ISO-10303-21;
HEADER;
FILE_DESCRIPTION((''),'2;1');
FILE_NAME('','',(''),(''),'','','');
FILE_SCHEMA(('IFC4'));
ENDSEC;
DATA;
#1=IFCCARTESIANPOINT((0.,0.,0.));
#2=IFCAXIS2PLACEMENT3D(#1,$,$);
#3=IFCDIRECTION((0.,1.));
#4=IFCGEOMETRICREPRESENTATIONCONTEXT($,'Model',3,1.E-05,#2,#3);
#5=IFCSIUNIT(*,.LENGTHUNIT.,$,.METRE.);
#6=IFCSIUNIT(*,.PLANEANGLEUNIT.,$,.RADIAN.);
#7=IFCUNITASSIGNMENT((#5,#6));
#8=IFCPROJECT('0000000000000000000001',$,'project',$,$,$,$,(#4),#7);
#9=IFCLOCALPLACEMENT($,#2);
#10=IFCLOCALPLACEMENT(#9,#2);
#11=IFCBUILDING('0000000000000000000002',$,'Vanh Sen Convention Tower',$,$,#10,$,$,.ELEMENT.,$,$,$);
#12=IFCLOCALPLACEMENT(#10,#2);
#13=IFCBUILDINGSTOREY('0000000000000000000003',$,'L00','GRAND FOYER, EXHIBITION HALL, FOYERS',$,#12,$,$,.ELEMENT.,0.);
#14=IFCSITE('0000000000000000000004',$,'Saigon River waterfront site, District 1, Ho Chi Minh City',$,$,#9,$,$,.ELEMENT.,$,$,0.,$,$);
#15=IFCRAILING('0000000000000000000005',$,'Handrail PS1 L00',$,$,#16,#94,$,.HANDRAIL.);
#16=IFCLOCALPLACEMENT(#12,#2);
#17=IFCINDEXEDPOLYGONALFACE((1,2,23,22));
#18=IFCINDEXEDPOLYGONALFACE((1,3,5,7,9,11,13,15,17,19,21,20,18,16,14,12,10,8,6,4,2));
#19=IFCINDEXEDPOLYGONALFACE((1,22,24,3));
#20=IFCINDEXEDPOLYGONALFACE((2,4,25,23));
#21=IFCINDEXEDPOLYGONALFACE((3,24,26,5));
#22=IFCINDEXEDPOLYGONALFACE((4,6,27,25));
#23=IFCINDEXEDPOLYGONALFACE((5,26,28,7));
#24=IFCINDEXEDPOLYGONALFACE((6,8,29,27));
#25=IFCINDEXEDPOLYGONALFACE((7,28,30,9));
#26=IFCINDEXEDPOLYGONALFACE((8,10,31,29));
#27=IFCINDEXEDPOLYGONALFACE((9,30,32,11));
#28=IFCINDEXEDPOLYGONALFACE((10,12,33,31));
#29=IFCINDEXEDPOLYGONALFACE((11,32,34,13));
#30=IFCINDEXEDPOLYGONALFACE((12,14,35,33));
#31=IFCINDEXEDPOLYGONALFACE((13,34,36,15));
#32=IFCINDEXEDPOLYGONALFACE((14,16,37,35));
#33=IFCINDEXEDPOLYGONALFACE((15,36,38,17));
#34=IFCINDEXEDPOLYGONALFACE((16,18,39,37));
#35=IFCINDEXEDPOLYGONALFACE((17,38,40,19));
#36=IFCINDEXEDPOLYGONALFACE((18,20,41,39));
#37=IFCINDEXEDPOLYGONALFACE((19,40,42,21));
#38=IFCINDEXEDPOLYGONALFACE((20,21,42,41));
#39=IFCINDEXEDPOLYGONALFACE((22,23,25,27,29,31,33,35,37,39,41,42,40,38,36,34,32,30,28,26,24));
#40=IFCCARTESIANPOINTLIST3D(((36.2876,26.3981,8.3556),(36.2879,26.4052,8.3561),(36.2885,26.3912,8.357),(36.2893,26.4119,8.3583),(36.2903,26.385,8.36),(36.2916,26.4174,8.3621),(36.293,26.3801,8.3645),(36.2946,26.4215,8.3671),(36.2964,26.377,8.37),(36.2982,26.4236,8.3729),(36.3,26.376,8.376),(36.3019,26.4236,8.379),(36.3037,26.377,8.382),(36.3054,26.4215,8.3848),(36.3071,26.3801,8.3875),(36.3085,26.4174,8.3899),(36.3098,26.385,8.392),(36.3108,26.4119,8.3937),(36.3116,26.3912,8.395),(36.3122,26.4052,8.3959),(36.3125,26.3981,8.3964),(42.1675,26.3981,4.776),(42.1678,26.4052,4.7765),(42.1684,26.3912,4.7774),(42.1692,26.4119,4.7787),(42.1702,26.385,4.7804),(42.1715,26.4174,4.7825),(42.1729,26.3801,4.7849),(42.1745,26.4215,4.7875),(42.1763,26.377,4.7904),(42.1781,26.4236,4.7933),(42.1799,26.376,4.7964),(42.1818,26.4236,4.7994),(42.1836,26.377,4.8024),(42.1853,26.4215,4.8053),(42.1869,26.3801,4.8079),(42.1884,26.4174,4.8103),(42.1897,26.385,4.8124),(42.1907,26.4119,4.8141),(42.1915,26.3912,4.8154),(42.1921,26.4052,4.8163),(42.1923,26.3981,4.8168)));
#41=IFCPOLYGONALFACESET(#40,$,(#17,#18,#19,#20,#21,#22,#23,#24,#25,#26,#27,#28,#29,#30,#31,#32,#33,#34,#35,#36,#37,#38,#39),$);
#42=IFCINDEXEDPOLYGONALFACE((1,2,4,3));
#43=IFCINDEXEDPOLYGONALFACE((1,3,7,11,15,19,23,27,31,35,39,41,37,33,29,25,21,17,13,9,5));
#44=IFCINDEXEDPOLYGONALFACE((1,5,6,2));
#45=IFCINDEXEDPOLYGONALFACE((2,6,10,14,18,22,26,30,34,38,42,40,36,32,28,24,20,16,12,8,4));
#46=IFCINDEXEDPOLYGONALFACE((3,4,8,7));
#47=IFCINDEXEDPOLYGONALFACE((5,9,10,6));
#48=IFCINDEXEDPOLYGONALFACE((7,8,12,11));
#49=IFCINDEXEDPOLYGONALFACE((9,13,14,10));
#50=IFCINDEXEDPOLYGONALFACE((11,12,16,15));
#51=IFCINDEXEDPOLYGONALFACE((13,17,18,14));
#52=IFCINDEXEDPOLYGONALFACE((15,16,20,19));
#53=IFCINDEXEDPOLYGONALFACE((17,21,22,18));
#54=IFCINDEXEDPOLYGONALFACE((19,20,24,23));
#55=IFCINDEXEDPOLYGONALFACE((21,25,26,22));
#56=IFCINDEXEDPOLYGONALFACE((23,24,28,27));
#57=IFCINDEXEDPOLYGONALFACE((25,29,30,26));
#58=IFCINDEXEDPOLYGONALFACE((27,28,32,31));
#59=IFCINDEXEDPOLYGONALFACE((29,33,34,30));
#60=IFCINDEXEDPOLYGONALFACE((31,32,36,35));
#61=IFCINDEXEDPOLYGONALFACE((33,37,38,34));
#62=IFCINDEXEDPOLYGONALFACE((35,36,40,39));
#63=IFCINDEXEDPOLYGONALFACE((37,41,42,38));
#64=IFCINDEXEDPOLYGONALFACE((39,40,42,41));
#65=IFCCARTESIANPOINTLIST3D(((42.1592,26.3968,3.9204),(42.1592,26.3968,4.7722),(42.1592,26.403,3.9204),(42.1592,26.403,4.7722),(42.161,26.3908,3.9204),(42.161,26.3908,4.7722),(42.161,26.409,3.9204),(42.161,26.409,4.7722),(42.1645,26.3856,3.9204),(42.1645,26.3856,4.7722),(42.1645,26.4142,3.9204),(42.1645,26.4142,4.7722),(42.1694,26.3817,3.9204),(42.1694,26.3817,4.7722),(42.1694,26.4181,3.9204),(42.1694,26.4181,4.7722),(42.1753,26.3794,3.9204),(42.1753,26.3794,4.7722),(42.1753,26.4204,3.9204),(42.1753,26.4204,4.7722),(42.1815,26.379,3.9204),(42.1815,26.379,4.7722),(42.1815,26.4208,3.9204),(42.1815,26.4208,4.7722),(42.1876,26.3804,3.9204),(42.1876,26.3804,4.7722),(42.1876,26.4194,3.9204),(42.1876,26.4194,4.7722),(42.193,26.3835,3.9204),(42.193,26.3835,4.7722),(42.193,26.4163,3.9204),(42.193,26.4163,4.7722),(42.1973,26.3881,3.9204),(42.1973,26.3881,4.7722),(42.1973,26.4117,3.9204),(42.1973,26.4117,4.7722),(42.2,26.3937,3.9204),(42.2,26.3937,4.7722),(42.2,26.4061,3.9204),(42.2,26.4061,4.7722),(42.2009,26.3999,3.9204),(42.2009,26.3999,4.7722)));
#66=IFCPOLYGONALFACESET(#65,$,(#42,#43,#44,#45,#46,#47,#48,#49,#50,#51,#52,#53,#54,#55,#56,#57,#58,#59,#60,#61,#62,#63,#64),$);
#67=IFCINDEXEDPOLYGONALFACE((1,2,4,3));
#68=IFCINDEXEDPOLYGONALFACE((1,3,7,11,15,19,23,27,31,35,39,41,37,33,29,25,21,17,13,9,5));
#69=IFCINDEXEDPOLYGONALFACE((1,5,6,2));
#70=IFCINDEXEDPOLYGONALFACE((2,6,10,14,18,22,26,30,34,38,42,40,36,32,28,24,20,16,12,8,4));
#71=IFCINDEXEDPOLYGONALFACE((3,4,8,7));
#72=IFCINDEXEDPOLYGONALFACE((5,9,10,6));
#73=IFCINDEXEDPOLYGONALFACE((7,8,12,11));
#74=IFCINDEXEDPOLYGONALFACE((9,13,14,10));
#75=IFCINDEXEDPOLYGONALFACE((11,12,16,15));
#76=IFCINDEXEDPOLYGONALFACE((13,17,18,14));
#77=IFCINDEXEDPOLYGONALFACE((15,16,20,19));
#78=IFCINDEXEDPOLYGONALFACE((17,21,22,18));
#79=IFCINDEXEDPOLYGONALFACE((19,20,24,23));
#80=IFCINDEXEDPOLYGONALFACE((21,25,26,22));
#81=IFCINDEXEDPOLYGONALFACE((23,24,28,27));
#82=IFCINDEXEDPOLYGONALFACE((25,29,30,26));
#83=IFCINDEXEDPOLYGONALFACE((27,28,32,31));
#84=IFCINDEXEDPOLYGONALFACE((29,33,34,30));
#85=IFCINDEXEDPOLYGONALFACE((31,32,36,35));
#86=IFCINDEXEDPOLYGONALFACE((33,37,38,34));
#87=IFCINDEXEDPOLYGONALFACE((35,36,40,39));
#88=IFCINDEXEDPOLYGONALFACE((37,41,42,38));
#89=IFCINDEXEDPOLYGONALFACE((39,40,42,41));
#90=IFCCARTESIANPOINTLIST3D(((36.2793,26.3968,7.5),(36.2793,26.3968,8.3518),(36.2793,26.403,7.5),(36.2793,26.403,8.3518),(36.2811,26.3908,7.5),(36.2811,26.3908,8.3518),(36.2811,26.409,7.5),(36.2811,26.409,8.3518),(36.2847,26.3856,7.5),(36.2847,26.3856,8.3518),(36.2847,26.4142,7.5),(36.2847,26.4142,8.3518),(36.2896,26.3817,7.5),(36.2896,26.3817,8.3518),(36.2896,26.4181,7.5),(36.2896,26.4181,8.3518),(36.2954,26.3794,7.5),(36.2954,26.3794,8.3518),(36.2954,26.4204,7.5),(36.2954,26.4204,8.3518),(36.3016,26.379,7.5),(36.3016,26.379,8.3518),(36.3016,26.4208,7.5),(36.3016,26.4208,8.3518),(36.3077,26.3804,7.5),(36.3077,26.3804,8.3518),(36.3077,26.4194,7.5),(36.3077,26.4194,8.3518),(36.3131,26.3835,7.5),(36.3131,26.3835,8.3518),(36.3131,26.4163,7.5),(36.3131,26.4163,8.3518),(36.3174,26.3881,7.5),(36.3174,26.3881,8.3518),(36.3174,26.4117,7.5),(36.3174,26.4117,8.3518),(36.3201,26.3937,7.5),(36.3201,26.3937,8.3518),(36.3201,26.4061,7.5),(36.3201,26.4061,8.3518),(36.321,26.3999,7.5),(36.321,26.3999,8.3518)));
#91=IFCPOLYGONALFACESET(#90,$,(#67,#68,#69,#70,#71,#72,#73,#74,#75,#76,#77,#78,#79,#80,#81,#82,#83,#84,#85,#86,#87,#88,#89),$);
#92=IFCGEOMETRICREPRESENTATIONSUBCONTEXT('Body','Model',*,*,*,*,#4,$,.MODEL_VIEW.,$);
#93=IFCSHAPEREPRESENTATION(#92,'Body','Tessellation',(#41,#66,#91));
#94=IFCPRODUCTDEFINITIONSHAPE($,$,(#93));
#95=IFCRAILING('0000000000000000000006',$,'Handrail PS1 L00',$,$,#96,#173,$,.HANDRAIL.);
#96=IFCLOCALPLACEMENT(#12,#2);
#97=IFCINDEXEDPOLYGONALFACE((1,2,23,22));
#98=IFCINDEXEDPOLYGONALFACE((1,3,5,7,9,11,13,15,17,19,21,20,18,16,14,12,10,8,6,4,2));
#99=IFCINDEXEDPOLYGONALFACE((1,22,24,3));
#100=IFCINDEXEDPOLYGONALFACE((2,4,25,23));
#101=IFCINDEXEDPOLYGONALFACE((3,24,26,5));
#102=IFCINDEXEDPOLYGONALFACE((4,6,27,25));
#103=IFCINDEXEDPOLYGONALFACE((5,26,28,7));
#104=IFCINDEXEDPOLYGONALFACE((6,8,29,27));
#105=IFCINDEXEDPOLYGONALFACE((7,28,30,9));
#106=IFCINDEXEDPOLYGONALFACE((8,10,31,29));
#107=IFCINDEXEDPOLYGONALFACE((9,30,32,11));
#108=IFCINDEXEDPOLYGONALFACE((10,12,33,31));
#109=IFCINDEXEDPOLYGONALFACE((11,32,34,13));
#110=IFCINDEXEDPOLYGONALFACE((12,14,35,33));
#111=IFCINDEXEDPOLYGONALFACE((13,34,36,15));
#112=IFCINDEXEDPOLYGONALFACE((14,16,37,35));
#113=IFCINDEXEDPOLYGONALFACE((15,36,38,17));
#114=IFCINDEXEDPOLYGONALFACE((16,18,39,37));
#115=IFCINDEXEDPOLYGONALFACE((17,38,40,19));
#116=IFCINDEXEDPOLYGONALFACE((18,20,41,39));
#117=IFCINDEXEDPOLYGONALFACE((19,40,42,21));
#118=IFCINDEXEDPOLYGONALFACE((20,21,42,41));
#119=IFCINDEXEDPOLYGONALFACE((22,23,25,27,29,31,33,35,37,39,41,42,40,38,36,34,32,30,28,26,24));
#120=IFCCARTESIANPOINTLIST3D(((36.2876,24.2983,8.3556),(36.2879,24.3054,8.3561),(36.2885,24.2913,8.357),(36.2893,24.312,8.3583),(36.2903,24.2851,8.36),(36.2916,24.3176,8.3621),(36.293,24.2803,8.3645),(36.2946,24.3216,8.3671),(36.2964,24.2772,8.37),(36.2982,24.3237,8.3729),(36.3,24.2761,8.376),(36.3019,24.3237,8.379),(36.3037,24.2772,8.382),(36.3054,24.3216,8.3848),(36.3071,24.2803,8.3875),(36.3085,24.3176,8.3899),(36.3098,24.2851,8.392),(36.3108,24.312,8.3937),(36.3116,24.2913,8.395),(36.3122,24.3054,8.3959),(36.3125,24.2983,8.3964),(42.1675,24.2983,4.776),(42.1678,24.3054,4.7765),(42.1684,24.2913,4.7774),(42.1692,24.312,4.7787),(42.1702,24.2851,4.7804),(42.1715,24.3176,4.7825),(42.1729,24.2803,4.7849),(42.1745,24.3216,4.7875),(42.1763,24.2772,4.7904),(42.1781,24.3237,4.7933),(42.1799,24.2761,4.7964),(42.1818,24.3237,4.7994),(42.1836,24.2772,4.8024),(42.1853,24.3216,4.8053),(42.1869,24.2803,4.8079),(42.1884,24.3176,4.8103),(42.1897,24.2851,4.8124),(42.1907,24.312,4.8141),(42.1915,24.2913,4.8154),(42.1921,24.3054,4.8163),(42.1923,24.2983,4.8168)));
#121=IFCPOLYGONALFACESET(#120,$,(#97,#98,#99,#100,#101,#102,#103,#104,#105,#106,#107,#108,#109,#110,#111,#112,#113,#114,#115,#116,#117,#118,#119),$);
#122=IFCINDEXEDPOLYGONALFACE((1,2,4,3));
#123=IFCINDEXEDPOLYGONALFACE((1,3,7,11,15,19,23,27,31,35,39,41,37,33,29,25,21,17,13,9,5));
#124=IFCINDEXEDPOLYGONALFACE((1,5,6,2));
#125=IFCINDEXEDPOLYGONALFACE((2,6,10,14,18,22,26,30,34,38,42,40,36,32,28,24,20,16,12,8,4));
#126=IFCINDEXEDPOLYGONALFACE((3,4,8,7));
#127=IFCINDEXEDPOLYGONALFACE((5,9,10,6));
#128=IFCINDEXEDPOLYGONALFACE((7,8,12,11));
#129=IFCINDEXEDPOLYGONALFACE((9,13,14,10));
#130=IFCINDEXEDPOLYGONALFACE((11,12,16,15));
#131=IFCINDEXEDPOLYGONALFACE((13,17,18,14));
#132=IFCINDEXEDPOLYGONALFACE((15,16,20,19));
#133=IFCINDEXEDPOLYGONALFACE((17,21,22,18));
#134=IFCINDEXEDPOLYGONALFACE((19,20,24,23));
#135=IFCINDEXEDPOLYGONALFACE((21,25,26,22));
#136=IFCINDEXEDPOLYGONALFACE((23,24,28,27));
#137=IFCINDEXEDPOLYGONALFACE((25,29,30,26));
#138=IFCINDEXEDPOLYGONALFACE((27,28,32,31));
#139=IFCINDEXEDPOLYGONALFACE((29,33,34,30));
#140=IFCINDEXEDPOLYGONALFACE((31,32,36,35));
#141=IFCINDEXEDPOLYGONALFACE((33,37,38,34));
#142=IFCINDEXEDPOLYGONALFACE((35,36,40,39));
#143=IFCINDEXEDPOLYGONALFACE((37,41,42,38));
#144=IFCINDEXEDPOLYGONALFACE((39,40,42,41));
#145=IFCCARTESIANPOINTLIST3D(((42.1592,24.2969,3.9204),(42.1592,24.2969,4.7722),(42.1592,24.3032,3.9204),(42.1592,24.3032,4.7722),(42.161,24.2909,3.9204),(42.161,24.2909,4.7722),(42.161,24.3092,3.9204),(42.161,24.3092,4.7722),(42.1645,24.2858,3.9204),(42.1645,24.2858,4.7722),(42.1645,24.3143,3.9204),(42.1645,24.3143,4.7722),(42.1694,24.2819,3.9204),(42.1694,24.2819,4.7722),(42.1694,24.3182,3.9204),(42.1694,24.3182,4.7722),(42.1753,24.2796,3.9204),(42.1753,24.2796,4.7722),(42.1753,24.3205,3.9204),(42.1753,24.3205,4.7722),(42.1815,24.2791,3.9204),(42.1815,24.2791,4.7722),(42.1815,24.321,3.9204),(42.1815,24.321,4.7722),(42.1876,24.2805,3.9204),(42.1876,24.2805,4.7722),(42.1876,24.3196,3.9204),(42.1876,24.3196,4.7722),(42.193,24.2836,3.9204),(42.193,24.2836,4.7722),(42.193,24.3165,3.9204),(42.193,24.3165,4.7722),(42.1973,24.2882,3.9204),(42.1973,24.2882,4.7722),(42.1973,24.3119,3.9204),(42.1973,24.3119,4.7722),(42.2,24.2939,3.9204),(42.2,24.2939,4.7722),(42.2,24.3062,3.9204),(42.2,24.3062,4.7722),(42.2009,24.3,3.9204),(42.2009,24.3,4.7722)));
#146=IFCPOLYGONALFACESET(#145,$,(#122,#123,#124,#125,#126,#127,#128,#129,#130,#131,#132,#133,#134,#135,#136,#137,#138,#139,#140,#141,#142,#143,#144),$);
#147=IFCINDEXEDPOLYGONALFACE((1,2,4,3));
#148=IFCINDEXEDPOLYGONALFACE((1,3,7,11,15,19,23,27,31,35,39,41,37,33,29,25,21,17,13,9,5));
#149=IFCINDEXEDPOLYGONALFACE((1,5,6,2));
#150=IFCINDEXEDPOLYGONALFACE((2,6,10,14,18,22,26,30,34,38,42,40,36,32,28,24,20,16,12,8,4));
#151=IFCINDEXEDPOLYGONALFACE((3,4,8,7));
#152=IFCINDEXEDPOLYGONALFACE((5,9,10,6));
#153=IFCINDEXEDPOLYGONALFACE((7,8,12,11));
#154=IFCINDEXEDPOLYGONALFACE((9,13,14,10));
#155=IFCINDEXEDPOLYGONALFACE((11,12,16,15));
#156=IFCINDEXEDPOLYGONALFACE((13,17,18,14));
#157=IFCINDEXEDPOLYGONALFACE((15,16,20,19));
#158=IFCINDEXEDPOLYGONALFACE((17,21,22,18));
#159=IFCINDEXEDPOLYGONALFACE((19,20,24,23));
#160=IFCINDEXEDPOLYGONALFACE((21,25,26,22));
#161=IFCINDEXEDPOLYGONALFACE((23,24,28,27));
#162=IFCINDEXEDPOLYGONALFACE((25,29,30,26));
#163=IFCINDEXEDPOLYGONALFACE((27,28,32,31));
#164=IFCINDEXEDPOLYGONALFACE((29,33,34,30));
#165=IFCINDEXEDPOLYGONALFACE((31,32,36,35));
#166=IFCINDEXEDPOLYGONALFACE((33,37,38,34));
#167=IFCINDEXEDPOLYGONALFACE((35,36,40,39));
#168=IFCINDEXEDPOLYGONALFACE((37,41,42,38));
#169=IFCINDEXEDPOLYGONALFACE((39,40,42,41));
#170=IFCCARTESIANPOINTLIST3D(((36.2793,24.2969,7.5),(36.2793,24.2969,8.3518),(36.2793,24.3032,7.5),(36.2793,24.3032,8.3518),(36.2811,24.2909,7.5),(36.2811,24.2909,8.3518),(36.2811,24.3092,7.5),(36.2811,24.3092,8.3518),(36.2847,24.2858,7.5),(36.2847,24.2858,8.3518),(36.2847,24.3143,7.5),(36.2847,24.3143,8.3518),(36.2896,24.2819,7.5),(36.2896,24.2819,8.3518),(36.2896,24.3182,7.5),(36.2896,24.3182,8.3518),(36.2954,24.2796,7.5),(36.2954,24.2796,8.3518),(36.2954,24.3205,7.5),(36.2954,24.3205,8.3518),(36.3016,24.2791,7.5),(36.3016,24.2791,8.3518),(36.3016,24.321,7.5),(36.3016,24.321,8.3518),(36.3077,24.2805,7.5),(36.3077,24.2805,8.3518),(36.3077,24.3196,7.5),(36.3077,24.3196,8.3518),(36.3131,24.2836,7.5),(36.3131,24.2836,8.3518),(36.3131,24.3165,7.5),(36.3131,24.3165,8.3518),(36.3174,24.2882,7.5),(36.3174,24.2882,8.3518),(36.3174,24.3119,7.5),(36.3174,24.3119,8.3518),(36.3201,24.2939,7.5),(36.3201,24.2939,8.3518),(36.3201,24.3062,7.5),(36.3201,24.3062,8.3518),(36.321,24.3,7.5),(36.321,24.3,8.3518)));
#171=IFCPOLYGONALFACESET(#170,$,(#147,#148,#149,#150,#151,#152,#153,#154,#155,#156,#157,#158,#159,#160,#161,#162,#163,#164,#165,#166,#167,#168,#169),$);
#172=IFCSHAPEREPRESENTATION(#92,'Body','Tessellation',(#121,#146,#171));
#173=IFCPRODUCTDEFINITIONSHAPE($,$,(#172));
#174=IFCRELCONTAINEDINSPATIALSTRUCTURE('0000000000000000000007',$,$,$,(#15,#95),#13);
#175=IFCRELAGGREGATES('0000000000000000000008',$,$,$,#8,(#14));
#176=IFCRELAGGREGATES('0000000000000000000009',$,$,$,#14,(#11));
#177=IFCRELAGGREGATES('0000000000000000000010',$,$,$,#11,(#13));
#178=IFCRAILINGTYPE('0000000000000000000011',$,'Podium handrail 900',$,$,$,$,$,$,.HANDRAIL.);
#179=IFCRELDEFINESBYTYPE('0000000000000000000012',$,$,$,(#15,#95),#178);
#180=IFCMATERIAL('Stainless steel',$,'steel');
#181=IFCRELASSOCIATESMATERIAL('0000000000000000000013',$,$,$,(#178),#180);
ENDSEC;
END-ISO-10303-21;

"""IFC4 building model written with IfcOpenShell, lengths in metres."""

from ifc_helpers import new_model, si_unit, direction, frame, origin, origin_2d, place, context, subcontext, project, spatial, circle, extrude, material, type_object, element, save


model = new_model("IFC4")

# Units and contexts
model_context = context("Model", 3, precision=1e-05, world=origin(), true_north=direction((0.0, 1.0)))
body_context = subcontext(model_context, "Body", "Model", "MODEL_VIEW")
ifc_project = project(units=[si_unit("LENGTHUNIT", "METRE"), si_unit("PLANEANGLEUNIT", "RADIAN")], contexts=[model_context])

# Site, building, storey
site_placement = place(None, origin())
site = spatial("IfcSite", under=ifc_project, at=site_placement, Name="Saigon River waterfront site, District 1, Ho Chi Minh City", CompositionType="ELEMENT", RefElevation=0.0)
building_placement = place(site_placement, origin())
building = spatial("IfcBuilding", under=site, at=building_placement, Name="Vanh Sen Convention Tower", CompositionType="ELEMENT")
storey_placement = place(building_placement, origin())
storey = spatial("IfcBuildingStorey", under=building, at=storey_placement, Name="L00", Description="GRAND FOYER, EXHIBITION HALL, FOYERS", CompositionType="ELEMENT", Elevation=0.0)

# Railings
ifc_material_1 = material(Name="Stainless steel", Category="steel")
railing_type = type_object("IfcRailingType", Name="Podium handrail 900", PredefinedType="HANDRAIL", material=ifc_material_1)
for number, where, name in (
    (1, (42.1799, 26.3999, 3.9204), "Handrail PS1 L00"),
    (2, (42.1799, 24.3, 3.9204), "Handrail PS1 L00"),
):
    element("IfcRailing", number, at=place(storey_placement, frame(where)), inside=storey, type_object=railing_type, Name=name, PredefinedType="HANDRAIL", context=body_context, shape_type="SweptSolid", body=[
        extrude(circle(Radius=0.0239, at=origin_2d()), frame((0.0, 0.0, 0.876), z_axis=(-0.854164, 0.0, 0.520003), x_axis=(0.0, -1.0, 0.0)), (0.0, 0.0, 1.0), 6.8838),
        extrude(circle(Radius=0.021, at=origin_2d()), origin(), (0.0, 0.0, 1.0), 0.8518),
        extrude(circle(Radius=0.021, at=origin_2d()), frame((-5.8799, 0.0, 3.5796)), (0.0, 0.0, 1.0), 0.8518),
    ])

save(model, "model.ifc")
